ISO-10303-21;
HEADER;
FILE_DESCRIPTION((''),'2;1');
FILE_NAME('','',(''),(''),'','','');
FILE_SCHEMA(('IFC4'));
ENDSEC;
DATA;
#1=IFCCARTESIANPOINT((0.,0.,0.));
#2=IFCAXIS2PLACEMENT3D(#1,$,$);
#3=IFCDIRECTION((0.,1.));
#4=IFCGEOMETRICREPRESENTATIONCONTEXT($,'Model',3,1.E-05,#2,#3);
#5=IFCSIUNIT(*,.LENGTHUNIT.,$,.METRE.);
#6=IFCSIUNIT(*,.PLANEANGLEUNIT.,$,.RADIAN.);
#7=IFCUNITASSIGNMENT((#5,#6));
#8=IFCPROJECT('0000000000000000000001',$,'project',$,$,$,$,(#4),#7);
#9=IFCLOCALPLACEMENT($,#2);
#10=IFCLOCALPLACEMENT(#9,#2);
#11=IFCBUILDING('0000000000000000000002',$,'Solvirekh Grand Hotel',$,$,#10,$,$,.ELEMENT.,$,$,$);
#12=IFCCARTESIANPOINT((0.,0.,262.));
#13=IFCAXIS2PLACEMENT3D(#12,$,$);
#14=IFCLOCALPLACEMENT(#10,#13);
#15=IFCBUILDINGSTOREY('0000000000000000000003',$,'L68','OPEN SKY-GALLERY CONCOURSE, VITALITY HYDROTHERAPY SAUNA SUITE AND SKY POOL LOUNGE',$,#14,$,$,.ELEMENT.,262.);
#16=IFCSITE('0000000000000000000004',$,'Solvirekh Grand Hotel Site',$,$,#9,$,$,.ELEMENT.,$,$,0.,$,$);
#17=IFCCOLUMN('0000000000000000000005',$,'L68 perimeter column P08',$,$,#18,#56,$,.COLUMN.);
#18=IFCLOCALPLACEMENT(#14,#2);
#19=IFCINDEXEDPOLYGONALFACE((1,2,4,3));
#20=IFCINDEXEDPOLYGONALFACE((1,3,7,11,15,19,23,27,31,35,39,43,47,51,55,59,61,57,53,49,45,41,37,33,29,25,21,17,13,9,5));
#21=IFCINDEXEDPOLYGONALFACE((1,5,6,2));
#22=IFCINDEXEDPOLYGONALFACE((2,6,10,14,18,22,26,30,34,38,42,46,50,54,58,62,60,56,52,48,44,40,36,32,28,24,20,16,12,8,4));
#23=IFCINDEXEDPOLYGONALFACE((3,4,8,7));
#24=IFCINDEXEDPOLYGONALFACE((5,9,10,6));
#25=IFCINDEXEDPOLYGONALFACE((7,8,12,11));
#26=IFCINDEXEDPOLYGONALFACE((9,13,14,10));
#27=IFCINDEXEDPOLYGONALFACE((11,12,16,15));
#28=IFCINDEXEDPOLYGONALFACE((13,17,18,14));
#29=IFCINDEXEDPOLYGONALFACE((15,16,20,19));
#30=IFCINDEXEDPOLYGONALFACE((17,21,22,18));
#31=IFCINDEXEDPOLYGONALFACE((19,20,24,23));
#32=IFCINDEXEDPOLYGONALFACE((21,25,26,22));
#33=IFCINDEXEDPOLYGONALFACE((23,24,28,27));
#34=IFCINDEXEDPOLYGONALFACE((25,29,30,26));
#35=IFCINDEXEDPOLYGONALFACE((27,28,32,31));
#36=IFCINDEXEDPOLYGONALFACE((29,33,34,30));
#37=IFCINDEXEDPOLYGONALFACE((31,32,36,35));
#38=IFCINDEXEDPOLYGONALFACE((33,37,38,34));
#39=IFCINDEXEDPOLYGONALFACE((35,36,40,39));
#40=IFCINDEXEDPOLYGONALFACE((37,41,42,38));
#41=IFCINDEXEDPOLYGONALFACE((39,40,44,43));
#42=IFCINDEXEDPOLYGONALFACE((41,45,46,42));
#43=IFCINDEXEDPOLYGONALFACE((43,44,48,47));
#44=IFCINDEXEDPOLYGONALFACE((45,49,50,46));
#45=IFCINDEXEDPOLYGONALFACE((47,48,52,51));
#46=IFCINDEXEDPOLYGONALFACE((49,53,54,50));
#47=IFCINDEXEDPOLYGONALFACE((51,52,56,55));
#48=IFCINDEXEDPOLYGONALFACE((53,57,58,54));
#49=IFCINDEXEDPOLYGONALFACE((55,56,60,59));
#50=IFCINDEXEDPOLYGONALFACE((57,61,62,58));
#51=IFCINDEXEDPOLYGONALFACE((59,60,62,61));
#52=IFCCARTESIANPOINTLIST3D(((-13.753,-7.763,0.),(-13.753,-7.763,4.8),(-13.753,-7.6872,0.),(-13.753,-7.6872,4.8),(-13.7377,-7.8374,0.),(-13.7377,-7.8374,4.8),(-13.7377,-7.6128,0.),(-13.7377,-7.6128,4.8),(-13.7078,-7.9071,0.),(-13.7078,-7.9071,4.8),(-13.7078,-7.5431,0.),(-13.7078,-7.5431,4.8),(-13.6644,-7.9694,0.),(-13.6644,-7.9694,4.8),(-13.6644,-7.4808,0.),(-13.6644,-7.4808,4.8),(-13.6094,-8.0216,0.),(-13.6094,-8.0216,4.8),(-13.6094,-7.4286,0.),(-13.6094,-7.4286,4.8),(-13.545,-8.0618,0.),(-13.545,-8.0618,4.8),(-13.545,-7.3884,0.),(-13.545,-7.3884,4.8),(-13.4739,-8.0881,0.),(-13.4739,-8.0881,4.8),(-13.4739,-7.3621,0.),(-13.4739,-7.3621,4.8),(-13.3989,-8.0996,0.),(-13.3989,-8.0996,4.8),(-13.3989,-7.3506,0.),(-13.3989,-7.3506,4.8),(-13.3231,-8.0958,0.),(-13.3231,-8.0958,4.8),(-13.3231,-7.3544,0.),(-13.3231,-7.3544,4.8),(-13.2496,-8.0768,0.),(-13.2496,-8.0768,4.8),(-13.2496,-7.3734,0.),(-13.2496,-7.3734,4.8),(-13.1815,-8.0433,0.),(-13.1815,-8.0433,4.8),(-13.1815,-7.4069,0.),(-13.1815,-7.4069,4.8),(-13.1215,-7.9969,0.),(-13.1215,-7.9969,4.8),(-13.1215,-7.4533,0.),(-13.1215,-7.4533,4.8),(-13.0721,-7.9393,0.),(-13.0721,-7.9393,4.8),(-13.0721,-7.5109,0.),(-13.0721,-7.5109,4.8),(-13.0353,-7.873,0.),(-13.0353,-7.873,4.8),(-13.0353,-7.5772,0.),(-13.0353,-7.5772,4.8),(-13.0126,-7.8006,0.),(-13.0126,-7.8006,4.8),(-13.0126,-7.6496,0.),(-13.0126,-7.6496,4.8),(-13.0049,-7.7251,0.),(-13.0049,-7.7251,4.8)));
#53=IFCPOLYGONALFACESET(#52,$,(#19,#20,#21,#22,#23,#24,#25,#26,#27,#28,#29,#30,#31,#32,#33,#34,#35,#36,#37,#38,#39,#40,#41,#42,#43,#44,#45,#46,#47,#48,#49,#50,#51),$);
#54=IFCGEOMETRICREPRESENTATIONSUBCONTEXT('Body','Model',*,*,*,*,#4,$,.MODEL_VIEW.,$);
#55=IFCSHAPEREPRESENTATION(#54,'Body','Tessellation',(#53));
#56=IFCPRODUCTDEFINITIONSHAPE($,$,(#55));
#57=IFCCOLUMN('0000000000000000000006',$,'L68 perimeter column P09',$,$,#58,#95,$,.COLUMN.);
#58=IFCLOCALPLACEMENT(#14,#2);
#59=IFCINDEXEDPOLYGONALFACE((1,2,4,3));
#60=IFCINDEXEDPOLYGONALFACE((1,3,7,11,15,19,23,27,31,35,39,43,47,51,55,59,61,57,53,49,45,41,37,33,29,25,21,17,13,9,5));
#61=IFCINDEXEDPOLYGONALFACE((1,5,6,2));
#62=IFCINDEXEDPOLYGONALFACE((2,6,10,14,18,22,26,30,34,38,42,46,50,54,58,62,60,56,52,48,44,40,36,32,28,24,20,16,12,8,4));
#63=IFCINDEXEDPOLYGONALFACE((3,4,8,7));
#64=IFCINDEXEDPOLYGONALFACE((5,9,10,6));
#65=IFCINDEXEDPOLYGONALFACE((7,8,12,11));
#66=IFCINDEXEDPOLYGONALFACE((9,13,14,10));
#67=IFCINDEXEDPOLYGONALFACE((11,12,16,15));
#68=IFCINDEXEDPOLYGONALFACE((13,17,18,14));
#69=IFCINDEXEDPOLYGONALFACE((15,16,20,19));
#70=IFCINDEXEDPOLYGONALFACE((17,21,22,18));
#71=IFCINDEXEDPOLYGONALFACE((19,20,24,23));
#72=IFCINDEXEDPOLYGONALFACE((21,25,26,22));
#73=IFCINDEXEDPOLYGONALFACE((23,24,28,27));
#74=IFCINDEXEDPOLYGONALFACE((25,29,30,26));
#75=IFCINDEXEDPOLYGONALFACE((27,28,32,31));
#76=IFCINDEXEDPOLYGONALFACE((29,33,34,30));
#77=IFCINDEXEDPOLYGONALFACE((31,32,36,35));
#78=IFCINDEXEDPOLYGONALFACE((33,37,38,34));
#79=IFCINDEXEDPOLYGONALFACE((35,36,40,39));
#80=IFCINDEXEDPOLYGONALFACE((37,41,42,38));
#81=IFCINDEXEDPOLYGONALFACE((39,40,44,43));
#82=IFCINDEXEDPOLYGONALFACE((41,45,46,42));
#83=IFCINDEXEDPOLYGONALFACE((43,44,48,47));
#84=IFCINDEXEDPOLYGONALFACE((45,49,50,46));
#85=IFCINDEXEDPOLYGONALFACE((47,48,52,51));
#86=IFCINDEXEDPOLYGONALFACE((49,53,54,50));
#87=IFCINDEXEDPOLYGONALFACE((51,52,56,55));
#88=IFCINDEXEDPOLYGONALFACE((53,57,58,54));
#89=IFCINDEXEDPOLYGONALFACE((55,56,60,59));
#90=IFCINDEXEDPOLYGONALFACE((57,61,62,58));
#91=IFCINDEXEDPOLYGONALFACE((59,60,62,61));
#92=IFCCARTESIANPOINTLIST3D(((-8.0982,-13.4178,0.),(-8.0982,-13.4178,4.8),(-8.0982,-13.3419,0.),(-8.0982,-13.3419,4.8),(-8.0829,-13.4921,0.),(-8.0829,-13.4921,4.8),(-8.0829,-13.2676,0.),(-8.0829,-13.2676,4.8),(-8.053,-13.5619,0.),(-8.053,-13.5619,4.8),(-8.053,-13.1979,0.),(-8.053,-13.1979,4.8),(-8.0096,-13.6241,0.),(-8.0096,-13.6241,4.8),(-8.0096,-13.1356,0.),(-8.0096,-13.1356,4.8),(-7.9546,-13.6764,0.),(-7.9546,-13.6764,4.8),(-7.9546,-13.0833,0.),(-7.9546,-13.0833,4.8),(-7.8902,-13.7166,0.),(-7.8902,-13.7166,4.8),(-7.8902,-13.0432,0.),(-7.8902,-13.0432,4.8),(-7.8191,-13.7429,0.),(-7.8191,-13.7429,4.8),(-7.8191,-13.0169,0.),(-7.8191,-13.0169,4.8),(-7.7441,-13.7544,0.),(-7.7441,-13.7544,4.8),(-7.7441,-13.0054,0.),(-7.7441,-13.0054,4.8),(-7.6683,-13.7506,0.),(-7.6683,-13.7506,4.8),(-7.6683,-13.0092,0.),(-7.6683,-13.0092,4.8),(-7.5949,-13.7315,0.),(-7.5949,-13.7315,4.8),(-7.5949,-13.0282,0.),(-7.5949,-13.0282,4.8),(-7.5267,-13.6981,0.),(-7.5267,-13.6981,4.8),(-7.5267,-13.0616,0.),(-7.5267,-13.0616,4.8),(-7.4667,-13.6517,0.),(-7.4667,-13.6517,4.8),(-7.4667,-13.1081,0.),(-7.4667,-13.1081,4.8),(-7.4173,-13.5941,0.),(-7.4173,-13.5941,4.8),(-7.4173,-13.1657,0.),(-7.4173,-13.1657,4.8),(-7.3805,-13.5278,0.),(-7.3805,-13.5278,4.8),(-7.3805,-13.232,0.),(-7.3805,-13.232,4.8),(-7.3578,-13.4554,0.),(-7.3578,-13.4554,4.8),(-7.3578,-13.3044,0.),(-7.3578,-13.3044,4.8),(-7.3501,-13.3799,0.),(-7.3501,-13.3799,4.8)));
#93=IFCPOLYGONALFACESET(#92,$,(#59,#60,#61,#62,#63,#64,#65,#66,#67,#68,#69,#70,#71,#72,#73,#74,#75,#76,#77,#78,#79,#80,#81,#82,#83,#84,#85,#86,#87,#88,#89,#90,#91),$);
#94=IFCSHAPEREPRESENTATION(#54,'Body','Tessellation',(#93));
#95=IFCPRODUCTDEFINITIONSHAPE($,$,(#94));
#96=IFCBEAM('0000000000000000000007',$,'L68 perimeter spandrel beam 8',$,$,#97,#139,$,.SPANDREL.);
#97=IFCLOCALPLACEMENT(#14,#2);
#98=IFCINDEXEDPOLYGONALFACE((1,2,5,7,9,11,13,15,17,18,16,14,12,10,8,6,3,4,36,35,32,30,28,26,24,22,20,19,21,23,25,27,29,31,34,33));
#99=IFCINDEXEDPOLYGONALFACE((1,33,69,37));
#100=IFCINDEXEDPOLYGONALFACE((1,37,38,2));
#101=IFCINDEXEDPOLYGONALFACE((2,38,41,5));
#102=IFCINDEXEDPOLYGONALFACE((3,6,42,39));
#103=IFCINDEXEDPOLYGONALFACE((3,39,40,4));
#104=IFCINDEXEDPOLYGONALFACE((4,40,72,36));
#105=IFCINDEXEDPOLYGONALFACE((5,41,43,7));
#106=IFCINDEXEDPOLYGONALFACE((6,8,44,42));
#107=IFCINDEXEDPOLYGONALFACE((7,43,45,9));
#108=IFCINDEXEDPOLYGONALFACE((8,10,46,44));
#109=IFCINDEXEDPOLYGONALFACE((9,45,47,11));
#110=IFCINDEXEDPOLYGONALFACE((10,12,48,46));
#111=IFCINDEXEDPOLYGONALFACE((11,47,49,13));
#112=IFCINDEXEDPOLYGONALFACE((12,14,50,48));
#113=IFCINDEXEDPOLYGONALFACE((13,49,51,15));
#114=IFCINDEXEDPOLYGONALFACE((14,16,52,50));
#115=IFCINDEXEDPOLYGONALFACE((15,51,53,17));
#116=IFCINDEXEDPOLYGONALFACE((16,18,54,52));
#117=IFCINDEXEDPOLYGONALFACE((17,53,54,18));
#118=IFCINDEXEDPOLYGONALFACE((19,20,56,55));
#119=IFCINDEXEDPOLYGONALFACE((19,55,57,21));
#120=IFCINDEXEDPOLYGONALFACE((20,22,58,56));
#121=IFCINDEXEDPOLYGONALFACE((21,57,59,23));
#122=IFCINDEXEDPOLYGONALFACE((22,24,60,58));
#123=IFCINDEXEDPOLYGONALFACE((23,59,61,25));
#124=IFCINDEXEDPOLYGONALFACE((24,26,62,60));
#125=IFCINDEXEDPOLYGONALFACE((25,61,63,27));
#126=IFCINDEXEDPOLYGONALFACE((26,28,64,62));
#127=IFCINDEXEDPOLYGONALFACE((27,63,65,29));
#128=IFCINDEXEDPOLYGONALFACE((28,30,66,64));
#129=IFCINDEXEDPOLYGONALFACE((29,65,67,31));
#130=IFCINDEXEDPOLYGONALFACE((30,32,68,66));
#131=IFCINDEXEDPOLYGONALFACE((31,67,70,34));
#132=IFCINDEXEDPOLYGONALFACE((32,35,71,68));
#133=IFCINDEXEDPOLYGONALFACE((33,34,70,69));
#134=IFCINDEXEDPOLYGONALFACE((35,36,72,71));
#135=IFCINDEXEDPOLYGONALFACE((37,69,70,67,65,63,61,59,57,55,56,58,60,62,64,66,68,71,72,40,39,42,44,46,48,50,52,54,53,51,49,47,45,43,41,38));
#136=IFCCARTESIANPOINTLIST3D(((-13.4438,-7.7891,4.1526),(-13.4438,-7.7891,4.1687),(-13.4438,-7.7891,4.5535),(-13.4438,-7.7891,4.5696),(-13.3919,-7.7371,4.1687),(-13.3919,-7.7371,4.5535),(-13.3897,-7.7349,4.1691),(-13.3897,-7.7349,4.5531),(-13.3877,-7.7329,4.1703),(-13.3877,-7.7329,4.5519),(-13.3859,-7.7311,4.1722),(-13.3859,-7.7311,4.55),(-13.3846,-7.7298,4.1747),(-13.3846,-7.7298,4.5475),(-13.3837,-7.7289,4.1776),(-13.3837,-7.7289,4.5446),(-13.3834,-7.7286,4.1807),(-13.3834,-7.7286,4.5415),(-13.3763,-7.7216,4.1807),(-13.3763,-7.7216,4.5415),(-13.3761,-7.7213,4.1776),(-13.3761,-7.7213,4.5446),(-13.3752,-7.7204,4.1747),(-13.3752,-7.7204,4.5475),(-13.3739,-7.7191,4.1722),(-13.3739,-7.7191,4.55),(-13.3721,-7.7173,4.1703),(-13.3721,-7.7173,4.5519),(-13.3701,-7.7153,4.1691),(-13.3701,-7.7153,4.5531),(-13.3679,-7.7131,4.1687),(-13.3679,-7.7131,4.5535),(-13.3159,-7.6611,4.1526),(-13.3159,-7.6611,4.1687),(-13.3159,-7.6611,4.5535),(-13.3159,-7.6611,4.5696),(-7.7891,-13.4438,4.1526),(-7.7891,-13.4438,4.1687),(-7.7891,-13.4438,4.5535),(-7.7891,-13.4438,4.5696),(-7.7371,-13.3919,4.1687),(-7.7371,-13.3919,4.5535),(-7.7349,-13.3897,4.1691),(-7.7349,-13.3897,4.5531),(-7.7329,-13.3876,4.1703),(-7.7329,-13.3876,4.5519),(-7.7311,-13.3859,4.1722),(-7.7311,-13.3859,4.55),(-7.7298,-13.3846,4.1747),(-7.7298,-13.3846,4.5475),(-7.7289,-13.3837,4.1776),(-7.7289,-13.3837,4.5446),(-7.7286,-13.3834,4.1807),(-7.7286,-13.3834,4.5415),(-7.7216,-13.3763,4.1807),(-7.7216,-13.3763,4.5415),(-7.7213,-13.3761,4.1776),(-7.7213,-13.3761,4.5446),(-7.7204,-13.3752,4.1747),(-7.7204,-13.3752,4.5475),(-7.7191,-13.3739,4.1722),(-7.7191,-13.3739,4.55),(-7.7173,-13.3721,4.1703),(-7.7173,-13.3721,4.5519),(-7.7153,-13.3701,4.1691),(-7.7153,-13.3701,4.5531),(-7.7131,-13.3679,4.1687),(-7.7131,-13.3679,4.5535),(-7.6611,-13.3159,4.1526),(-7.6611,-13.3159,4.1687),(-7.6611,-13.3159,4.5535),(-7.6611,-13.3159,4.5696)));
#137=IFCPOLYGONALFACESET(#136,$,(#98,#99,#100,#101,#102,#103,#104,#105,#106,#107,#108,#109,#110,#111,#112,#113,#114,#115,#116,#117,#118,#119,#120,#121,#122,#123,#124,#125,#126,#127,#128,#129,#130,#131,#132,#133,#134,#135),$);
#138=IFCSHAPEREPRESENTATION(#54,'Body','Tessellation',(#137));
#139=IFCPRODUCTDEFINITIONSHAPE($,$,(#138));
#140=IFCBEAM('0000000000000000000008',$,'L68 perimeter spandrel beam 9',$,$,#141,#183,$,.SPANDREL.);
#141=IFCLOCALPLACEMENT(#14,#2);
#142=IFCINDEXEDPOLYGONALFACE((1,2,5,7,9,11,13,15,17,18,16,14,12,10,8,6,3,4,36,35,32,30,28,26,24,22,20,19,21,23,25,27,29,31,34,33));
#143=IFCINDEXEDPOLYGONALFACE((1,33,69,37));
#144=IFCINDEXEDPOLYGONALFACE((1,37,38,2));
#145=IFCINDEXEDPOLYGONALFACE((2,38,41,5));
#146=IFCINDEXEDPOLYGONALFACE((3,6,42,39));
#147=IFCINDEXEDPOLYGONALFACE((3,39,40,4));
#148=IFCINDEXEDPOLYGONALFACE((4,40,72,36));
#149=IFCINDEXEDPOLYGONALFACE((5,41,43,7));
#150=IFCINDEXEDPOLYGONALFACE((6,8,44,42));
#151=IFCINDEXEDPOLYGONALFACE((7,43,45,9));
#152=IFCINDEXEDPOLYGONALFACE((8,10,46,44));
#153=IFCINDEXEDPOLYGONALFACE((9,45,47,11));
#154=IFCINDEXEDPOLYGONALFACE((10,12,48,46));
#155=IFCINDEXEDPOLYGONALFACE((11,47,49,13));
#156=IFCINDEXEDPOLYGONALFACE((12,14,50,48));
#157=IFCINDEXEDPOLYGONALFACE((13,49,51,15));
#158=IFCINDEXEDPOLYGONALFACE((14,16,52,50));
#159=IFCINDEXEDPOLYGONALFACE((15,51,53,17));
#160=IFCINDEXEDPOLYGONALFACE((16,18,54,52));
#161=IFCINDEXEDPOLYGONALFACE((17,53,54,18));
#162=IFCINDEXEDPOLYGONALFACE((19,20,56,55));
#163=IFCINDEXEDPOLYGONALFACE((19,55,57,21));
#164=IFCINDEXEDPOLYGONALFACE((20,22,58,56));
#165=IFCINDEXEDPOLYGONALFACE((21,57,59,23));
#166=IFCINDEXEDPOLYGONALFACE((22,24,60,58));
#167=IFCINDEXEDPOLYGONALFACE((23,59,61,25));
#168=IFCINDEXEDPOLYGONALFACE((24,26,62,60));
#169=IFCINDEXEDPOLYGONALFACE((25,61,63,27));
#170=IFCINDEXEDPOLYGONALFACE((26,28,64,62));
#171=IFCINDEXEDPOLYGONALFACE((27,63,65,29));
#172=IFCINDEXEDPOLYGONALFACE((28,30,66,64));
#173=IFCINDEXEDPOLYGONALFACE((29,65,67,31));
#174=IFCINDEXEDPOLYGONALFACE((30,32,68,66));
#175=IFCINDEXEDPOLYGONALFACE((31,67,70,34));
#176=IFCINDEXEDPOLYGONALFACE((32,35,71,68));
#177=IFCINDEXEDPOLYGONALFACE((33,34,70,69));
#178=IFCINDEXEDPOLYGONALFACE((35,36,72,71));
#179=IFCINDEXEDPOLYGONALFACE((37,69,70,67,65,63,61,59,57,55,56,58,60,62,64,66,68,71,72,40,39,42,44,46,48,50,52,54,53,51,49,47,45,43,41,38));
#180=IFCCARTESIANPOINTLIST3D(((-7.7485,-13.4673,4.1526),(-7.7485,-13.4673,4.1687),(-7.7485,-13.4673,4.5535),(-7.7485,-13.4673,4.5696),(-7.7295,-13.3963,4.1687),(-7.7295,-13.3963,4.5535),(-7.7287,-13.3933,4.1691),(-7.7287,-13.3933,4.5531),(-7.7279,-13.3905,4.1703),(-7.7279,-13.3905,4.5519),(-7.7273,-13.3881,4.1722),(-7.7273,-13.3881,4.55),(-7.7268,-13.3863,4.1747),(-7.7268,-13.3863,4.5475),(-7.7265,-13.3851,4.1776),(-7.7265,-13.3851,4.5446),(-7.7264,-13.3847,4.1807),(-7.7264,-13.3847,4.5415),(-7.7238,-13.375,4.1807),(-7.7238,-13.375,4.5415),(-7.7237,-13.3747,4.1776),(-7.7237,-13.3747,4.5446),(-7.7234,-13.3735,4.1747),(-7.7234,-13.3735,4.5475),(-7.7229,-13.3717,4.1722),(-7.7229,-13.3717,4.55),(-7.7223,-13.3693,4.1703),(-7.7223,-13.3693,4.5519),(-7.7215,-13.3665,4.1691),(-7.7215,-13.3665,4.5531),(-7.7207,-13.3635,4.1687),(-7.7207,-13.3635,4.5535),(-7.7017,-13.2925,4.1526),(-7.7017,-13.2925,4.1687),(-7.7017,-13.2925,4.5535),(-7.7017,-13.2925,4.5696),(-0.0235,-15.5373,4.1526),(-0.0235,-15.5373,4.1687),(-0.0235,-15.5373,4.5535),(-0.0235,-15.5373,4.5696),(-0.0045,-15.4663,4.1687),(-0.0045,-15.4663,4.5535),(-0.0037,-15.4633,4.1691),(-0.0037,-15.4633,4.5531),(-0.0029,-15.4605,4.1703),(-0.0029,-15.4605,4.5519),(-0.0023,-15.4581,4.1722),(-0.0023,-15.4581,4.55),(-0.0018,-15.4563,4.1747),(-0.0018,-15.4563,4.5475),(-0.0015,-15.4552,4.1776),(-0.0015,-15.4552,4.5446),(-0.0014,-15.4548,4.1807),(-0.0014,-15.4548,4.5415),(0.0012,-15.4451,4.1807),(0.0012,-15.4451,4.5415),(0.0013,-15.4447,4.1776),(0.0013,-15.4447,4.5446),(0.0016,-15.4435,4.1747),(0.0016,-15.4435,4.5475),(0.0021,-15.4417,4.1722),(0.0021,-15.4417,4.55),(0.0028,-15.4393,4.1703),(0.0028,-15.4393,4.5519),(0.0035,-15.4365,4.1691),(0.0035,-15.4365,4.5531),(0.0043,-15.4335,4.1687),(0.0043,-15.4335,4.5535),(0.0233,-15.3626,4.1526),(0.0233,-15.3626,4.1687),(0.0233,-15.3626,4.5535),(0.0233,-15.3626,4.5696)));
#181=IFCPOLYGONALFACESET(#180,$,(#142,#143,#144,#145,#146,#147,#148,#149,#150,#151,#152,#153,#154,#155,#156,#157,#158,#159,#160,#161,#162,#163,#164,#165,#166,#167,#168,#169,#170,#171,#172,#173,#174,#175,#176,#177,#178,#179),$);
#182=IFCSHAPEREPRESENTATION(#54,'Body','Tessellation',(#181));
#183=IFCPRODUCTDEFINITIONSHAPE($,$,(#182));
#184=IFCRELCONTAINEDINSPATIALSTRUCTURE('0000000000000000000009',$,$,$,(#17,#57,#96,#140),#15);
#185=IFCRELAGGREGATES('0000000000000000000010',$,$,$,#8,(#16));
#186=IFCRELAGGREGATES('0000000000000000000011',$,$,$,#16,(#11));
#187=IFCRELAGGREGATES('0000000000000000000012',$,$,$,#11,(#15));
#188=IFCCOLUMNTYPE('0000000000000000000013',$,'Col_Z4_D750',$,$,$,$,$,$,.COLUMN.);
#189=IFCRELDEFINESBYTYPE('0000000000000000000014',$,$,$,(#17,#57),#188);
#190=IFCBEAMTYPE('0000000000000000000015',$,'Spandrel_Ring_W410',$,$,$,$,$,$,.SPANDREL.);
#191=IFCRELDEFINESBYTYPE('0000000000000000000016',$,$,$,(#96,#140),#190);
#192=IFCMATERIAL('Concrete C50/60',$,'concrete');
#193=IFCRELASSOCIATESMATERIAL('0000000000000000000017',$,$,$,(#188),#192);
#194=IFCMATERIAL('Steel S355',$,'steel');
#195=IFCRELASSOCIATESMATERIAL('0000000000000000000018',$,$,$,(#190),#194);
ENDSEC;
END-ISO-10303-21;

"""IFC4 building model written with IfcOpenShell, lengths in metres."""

from ifc_helpers import new_model, si_unit, direction, frame, origin, origin_2d, place, context, subcontext, project, spatial, circle, i_section, extrude, material, material_profile, profile_set, type_object, element, save


model = new_model("IFC4")

# Units and contexts
model_context = context("Model", 3, precision=1e-05, world=origin(), true_north=direction((0.0, 1.0)))
body_context = subcontext(model_context, "Body", "Model", "MODEL_VIEW")
ifc_project = project(units=[si_unit("LENGTHUNIT", "METRE"), si_unit("PLANEANGLEUNIT", "RADIAN")], contexts=[model_context])

# Site, building, storey
site_placement = place(None, origin())
site = spatial("IfcSite", under=ifc_project, at=site_placement, Name="Solvirekh Grand Hotel Site", CompositionType="ELEMENT", RefElevation=0.0)
building_placement = place(site_placement, origin())
building = spatial("IfcBuilding", under=site, at=building_placement, Name="Solvirekh Grand Hotel", CompositionType="ELEMENT")
storey_placement = place(building_placement, frame((0.0, 0.0, 262.0)))
storey = spatial("IfcBuildingStorey", under=building, at=storey_placement, Name="L68", Description="OPEN SKY-GALLERY CONCOURSE, VITALITY HYDROTHERAPY SAUNA SUITE AND SKY POOL LOUNGE", CompositionType="ELEMENT", Elevation=262.0)

# Columns
ifc_material_1 = material(Name="Concrete C50/60", Category="concrete")
ifc_material_profile_1 = material_profile(ifc_material_1, circle(Radius=0.375, at=origin_2d()), Name="RC CIRC D750")
ifc_profile_set_1 = profile_set([ifc_material_profile_1], Name="Concrete C50/60")
column_type = type_object("IfcColumnType", Name="Col_Z4_D750", PredefinedType="COLUMN", material=ifc_profile_set_1)
for number, where, z_axis, x_axis, name in (
    (1, (-13.3799, -7.7251, 0.0), (0.0, 0.0, 1.0), (1.0, 0.0, 0.0), "L68 perimeter column P08"),
    (2, (-7.7251, -13.3799, 0.0), (0.0, 0.0, 1.0), (1.0, 0.0, 0.0), "L68 perimeter column P09"),
):
    element("IfcColumn", number, at=place(storey_placement, frame(where, z_axis=z_axis, x_axis=x_axis)), inside=storey, type_object=column_type, Name=name, PredefinedType="COLUMN", context=body_context, shape_type="SweptSolid", body=[
        extrude(circle(Radius=0.375, at=origin_2d()), origin(), (0.0, 0.0, 1.0), 4.8),
    ])

# Beams
ifc_material_2 = material(Name="Steel S355", Category="steel")
ifc_material_profile_2 = material_profile(ifc_material_2, i_section(OverallWidth=0.1809, OverallDepth=0.417, WebThickness=0.01, FlangeThickness=0.0161, FilletRadius=0.012, at=origin_2d()), Name="W410X85")
ifc_profile_set_2 = profile_set([ifc_material_profile_2], Name="Steel S355")
beam_type = type_object("IfcBeamType", Name="Spandrel_Ring_W410", PredefinedType="SPANDREL", material=ifc_profile_set_2)
beam_1_placement = place(storey_placement, frame((-13.3799, -7.7251, 4.3611), z_axis=(0.707107, -0.707107, 0.0), x_axis=(0.707107, 0.707107, 0.0)))
element("IfcBeam", 3, at=beam_1_placement, inside=storey, type_object=beam_type, Name="L68 perimeter spandrel beam 8", PredefinedType="SPANDREL", context=body_context, shape_type="SweptSolid", body=[
    extrude(i_section(OverallWidth=0.1809, OverallDepth=0.417, WebThickness=0.01, FlangeThickness=0.0161, FilletRadius=0.012, at=origin_2d()), origin(), (0.0, 0.0, 1.0), 7.9971),
])
beam_2_placement = place(storey_placement, frame((-7.7251, -13.3799, 4.3611), z_axis=(0.965922, -0.258835, 0.0), x_axis=(0.258835, 0.965922, 0.0)))
element("IfcBeam", 4, at=beam_2_placement, inside=storey, type_object=beam_type, Name="L68 perimeter spandrel beam 9", PredefinedType="SPANDREL", context=body_context, shape_type="SweptSolid", body=[
    extrude(i_section(OverallWidth=0.1809, OverallDepth=0.417, WebThickness=0.01, FlangeThickness=0.0161, FilletRadius=0.012, at=origin_2d()), origin(), (0.0, 0.0, 1.0), 7.9976),
])

save(model, "model.ifc")
